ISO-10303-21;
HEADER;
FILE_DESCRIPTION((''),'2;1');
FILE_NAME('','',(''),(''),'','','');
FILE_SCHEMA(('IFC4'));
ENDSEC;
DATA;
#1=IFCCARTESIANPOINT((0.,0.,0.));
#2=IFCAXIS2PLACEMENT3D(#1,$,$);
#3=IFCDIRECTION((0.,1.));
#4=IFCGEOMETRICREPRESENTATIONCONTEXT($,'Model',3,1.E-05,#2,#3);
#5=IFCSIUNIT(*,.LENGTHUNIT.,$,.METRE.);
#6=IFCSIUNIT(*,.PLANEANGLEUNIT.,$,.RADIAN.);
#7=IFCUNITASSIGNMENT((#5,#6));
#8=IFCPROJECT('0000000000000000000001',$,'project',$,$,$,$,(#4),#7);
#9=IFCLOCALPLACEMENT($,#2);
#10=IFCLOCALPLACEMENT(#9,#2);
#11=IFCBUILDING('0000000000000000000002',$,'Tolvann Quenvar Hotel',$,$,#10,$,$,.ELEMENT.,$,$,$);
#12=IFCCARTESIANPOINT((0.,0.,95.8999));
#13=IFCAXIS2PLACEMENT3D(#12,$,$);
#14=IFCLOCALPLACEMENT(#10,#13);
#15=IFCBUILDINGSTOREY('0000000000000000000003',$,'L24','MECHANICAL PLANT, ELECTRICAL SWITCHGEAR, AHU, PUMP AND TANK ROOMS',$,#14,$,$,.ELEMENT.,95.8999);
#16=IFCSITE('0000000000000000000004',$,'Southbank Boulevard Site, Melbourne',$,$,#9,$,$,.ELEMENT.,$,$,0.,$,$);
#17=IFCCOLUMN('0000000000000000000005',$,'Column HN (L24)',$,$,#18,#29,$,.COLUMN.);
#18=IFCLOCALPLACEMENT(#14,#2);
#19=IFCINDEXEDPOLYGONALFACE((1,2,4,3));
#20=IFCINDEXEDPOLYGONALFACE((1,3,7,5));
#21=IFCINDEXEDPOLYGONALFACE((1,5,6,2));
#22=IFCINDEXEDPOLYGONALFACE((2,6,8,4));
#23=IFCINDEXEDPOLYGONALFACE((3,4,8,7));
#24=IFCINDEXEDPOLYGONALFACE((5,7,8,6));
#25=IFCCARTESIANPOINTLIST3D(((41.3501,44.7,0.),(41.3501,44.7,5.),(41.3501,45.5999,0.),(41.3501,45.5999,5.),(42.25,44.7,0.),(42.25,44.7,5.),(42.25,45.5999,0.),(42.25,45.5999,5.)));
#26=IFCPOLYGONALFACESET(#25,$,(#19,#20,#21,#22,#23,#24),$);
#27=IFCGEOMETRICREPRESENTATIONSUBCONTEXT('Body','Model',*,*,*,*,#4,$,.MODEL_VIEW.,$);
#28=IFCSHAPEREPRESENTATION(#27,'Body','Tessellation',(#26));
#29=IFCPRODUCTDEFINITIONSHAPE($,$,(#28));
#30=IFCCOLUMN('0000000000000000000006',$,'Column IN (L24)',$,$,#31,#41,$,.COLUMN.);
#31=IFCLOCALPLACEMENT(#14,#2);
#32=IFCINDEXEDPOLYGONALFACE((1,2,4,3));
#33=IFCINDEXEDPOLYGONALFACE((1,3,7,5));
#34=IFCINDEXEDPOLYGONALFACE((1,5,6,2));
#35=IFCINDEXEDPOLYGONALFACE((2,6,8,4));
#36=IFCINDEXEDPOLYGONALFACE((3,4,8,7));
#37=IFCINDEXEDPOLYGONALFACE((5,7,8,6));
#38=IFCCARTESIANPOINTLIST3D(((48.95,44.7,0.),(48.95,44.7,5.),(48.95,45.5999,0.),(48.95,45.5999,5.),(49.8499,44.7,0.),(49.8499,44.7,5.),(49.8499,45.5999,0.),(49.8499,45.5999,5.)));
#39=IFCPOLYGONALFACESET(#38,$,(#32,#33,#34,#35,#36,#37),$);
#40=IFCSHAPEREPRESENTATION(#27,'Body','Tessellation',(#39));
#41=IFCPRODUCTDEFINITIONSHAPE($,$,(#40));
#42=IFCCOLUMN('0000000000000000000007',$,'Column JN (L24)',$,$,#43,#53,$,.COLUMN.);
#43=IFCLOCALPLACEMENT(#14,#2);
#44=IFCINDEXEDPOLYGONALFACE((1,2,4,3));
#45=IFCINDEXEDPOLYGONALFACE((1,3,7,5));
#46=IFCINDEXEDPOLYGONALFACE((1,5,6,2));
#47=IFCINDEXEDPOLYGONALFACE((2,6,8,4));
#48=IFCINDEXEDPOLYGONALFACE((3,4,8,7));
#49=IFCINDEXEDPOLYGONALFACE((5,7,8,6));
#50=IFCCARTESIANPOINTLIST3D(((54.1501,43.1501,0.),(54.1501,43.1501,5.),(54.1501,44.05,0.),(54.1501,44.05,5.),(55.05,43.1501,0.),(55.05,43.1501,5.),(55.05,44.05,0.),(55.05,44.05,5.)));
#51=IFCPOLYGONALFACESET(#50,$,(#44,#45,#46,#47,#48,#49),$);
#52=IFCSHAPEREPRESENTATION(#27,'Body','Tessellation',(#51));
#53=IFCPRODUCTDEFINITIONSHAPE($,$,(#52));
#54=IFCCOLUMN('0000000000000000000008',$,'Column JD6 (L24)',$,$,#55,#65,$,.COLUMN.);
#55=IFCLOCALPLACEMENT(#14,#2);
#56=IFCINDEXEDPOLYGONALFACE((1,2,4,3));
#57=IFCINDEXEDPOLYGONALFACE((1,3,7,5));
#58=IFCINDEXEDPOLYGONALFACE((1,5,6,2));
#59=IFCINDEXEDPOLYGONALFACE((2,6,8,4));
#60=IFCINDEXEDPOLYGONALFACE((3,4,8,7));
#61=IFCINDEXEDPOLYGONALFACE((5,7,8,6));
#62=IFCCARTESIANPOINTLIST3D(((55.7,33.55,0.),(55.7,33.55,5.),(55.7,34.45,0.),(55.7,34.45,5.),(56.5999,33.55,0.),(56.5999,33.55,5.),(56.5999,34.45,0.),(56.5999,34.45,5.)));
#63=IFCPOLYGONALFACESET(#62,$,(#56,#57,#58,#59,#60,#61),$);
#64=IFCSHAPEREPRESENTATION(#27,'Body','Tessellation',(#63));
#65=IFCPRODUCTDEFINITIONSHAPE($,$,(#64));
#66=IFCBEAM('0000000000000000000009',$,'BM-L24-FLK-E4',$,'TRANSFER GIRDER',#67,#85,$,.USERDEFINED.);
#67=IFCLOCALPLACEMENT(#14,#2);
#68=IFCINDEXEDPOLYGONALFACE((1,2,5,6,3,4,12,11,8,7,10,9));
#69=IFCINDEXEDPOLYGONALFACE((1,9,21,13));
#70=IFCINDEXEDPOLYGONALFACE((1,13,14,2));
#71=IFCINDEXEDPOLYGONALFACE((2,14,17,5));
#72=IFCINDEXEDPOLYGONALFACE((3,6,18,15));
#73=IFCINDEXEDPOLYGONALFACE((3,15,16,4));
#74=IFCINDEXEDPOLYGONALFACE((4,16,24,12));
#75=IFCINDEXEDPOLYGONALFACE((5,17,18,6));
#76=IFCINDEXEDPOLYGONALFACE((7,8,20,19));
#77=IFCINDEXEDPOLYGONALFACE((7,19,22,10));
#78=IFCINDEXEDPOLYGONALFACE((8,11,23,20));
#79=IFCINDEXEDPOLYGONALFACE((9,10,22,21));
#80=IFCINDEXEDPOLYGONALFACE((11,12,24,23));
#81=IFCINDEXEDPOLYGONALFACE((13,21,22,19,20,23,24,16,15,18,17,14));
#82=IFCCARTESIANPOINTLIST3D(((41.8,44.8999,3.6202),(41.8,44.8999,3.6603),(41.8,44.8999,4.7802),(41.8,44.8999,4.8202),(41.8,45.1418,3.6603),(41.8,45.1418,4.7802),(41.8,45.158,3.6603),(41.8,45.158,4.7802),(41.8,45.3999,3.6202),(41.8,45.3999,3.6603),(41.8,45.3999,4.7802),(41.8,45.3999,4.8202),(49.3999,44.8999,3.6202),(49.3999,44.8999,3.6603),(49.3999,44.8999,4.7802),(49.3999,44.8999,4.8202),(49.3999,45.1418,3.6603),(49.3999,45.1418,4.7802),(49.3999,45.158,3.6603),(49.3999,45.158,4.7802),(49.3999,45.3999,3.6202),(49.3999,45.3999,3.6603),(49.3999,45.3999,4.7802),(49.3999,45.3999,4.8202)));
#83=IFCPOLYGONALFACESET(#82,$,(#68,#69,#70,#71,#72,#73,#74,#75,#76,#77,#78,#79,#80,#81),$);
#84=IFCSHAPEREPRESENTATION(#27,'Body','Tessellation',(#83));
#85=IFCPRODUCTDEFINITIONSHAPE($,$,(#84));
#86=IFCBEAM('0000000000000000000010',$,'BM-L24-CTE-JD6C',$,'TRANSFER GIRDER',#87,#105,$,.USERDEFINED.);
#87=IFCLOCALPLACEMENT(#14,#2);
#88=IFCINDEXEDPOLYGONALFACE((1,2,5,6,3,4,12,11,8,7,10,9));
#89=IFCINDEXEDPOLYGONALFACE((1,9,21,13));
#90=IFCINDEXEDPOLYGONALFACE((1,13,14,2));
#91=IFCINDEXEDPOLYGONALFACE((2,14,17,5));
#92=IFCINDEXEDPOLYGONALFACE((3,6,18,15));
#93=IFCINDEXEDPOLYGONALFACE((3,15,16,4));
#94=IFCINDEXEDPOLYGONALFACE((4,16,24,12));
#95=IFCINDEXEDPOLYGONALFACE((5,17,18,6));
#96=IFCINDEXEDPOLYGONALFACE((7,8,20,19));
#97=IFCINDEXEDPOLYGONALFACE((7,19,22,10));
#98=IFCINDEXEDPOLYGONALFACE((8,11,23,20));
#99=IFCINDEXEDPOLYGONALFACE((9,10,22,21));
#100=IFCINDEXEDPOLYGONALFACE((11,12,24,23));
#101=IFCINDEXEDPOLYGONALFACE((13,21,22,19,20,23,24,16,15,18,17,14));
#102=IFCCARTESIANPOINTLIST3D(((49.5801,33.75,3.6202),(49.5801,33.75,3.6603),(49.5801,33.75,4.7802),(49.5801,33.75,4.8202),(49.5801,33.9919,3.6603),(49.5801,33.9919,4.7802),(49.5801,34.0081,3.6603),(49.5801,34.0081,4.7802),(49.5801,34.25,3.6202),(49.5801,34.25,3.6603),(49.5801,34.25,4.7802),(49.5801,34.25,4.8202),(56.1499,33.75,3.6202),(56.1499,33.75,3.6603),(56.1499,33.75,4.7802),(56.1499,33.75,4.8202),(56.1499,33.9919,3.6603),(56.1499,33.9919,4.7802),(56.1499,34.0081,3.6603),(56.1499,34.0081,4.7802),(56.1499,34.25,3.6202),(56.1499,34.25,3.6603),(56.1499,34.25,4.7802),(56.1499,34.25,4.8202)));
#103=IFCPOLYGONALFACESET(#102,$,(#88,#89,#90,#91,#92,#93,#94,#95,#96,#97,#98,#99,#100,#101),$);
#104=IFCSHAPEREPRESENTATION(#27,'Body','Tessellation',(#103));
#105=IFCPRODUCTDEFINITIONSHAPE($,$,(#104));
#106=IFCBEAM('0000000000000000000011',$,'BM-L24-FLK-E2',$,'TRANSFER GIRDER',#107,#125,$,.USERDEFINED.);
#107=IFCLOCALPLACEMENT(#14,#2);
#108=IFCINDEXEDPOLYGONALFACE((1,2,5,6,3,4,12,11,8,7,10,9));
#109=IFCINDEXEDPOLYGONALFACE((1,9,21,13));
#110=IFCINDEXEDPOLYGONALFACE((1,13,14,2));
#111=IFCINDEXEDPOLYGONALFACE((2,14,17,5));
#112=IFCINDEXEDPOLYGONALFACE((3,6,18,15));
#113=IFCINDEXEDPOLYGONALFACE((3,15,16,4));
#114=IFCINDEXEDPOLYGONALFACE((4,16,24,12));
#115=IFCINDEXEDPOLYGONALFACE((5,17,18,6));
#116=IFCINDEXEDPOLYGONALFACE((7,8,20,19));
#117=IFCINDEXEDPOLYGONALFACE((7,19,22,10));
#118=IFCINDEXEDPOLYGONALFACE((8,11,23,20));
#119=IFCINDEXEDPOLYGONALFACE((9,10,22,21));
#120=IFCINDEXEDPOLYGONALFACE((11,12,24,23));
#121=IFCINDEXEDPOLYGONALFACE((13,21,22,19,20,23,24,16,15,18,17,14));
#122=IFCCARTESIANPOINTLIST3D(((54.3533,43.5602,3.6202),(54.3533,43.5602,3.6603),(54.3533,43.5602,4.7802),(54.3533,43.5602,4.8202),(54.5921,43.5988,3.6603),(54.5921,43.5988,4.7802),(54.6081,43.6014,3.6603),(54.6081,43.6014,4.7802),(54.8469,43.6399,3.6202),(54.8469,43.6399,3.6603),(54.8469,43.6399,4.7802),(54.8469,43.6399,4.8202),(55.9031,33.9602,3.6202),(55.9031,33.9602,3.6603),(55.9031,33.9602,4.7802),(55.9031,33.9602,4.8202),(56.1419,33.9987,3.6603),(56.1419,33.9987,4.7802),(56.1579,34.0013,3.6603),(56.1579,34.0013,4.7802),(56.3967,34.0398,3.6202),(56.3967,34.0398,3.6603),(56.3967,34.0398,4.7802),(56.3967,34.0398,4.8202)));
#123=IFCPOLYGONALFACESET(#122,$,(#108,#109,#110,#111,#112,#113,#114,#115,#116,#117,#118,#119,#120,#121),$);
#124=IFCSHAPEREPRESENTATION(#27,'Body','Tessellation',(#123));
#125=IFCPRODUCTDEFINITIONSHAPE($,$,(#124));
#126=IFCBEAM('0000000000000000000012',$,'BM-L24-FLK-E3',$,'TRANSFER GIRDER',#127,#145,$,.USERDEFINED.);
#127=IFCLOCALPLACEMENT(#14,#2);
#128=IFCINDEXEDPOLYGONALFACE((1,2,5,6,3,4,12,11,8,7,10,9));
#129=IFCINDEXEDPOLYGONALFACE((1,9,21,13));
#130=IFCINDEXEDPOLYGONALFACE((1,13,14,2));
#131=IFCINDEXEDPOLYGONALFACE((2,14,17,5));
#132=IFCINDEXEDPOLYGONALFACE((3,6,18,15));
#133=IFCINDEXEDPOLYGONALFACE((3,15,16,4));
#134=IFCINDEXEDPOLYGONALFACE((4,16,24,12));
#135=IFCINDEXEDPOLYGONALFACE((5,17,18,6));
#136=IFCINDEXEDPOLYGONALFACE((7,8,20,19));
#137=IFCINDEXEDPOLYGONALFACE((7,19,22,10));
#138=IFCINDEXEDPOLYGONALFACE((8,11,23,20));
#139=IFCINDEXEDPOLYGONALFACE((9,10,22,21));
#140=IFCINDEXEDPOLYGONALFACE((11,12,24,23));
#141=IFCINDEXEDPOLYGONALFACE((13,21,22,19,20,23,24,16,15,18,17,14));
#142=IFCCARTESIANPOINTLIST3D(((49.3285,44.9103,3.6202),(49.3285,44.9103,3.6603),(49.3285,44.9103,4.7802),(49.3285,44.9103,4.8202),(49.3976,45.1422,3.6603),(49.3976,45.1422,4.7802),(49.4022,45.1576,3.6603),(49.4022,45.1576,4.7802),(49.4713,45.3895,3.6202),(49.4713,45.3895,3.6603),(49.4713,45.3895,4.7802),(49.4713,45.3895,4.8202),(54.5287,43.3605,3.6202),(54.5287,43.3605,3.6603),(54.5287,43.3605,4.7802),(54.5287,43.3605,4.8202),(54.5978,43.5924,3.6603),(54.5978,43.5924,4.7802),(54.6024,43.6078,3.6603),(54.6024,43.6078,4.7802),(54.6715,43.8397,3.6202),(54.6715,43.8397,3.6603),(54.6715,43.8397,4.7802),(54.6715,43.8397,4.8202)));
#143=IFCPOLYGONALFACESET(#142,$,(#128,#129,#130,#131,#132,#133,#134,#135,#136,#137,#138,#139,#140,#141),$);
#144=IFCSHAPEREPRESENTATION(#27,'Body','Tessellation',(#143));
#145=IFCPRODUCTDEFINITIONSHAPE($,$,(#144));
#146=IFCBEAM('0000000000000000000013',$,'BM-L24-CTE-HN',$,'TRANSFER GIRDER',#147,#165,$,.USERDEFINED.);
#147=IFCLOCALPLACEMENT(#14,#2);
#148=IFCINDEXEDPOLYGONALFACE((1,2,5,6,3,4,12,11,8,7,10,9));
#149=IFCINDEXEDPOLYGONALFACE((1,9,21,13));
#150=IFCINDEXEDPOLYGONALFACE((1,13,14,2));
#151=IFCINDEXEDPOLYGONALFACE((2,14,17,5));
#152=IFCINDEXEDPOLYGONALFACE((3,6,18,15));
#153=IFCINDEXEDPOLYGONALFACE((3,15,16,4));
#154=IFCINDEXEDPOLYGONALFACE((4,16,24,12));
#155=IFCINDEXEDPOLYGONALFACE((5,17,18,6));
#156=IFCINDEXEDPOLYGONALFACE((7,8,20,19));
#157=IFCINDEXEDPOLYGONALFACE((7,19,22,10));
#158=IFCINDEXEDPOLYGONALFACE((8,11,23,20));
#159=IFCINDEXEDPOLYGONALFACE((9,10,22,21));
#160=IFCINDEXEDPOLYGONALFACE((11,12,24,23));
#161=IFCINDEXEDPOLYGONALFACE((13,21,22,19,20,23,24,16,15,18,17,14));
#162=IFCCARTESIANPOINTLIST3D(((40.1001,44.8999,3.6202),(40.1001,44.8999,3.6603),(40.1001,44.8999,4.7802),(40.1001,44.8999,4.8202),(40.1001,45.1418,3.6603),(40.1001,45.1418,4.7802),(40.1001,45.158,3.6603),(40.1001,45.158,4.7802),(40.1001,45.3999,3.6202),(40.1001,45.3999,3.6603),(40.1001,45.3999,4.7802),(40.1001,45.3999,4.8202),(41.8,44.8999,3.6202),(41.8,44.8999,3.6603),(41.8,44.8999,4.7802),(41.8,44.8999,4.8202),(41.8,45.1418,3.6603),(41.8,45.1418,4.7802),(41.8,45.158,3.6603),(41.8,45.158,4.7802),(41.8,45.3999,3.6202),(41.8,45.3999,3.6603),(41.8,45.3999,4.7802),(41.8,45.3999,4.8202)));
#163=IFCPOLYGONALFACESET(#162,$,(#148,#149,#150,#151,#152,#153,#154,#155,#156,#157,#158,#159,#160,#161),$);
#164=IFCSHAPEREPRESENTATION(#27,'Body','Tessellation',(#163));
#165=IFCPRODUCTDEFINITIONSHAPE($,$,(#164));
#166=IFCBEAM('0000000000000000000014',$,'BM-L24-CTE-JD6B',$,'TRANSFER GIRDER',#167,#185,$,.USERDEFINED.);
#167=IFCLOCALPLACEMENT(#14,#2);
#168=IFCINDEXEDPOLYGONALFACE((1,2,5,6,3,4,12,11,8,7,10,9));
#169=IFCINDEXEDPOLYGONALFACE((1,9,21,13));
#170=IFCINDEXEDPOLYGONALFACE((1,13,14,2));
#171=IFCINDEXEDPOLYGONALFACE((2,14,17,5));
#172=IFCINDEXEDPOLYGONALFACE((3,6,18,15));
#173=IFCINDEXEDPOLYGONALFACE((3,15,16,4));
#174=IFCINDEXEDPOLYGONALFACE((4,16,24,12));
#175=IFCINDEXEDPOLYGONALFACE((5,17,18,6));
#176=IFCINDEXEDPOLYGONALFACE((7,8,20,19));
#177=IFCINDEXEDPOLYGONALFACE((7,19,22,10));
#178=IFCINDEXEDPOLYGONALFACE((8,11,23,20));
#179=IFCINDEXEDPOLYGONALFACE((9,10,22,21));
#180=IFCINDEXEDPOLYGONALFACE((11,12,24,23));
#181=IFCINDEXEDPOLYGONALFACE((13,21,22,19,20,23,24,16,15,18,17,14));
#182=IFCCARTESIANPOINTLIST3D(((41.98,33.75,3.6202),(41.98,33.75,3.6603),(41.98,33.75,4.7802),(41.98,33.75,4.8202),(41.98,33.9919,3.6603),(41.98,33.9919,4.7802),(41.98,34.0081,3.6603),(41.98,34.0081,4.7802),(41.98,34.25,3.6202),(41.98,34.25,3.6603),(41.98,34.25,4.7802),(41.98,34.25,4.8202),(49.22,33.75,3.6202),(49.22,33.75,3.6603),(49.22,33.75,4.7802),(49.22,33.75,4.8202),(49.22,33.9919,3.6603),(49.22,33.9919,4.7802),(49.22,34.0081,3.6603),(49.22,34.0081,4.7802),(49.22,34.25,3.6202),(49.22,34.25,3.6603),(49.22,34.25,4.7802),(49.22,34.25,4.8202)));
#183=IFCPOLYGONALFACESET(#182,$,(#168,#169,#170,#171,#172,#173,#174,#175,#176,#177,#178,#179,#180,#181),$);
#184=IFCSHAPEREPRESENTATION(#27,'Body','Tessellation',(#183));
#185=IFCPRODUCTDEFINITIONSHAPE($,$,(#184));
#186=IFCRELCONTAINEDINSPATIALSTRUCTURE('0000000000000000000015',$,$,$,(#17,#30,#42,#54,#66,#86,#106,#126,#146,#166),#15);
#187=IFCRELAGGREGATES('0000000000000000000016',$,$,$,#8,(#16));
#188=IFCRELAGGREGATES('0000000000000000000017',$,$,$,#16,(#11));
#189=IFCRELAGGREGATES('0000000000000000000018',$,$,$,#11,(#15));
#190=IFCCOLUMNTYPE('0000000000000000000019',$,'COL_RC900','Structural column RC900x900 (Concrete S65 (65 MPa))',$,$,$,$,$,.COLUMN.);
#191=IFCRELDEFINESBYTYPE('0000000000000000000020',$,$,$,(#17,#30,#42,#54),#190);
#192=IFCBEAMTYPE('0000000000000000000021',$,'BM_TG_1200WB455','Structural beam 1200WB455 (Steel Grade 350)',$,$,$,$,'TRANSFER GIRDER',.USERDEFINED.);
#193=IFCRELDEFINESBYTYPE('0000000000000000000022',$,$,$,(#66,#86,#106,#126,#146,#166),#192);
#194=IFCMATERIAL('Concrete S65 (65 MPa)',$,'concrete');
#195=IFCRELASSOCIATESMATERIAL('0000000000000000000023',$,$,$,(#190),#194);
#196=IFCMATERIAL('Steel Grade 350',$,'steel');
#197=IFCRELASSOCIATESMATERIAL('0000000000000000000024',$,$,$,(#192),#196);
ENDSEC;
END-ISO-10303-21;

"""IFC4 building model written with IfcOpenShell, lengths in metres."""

from ifc_helpers import new_model, si_unit, direction, frame, origin, origin_2d, place, context, subcontext, project, spatial, rectangle, i_section, extrude, source, transform, mapped, material, material_profile, profile_set, type_object, type_shapes, element, save


model = new_model("IFC4")

# Units and contexts
model_context = context("Model", 3, precision=1e-05, world=origin(), true_north=direction((0.0, 1.0)))
body_context = subcontext(model_context, "Body", "Model", "MODEL_VIEW")
ifc_project = project(units=[si_unit("LENGTHUNIT", "METRE"), si_unit("PLANEANGLEUNIT", "RADIAN")], contexts=[model_context])

# Site, building, storey
site_placement = place(None, origin())
site = spatial("IfcSite", under=ifc_project, at=site_placement, Name="Southbank Boulevard Site, Melbourne", CompositionType="ELEMENT", RefElevation=0.0)
building_placement = place(site_placement, origin())
building = spatial("IfcBuilding", under=site, at=building_placement, Name="Tolvann Quenvar Hotel", CompositionType="ELEMENT")
storey_placement = place(building_placement, frame((0.0, 0.0, 95.8999)))
storey = spatial("IfcBuildingStorey", under=building, at=storey_placement, Name="L24", Description="MECHANICAL PLANT, ELECTRICAL SWITCHGEAR, AHU, PUMP AND TANK ROOMS", CompositionType="ELEMENT", Elevation=95.8999)

# Columns
ifc_material_1 = material(Name="Concrete S65 (65 MPa)", Category="concrete")
ifc_material_profile_1 = material_profile(ifc_material_1, rectangle(XDim=0.8999, YDim=0.8999, at=origin_2d()), Name="RC900x900")
ifc_profile_set_1 = profile_set([ifc_material_profile_1], Name="Concrete S65 (65 MPa)")
column_type = type_object("IfcColumnType", Name="COL_RC900", Description="Structural column RC900x900 (Concrete S65 (65 MPa))", PredefinedType="COLUMN", material=ifc_profile_set_1)
shared_shape_1 = source(origin(), body_context, "Body", "SweptSolid", [
    extrude(rectangle(XDim=0.8999, YDim=0.8999, at=origin_2d()), origin(), (0.0, 0.0, 1.0), 5.0),
])
type_shapes(column_type, [shared_shape_1])
for number, where, z_axis, x_axis, name in (
    (1, (41.8, 45.1499, 0.0), (0.0, 0.0, 1.0), (1.0, 0.0, 0.0), "Column HN (L24)"),
    (2, (49.3999, 45.1499, 0.0), (0.0, 0.0, 1.0), (1.0, 0.0, 0.0), "Column IN (L24)"),
    (3, (54.6001, 43.6001, 0.0), (0.0, 0.0, 1.0), (1.0, 0.0, 0.0), "Column JN (L24)"),
    (4, (56.1499, 34.0, 0.0), (0.0, 0.0, 1.0), (1.0, 0.0, 0.0), "Column JD6 (L24)"),
):
    element("IfcColumn", number, at=place(storey_placement, frame(where, z_axis=z_axis, x_axis=x_axis)), inside=storey, type_object=column_type, Name=name, PredefinedType="COLUMN", context=body_context, shape_type="MappedRepresentation", body=[
        mapped(shared_shape_1, transform((0.0, 0.0, 0.0), x_axis=(1.0, 0.0, 0.0), y_axis=(0.0, 1.0, 0.0), z_axis=(0.0, 0.0, 1.0), scale=1.0)),
    ])

# Beams
ifc_material_2 = material(Name="Steel Grade 350", Category="steel")
ifc_material_profile_2 = material_profile(ifc_material_2, i_section(OverallWidth=0.5, OverallDepth=1.2, WebThickness=0.0161, FlangeThickness=0.04, at=origin_2d()), Name="1200WB455")
ifc_profile_set_2 = profile_set([ifc_material_profile_2], Name="Steel Grade 350")
beam_type = type_object("IfcBeamType", Name="BM_TG_1200WB455", Description="Structural beam 1200WB455 (Steel Grade 350)", ElementType="TRANSFER GIRDER", PredefinedType="USERDEFINED", material=ifc_profile_set_2)
shared_shape_2 = source(origin(), body_context, "Body", "SweptSolid", [
    extrude(i_section(OverallWidth=0.5, OverallDepth=1.2, WebThickness=0.0161, FlangeThickness=0.04, at=origin_2d()), origin(), (0.0, 0.0, 1.0), 7.5999),
])
beam_1_placement = place(storey_placement, frame((49.3999, 45.1499, 4.2202), z_axis=(-1.0, 0.0, 0.0), x_axis=(0.0, -1.0, 0.0)))
element("IfcBeam", 5, at=beam_1_placement, inside=storey, type_object=beam_type, Name="BM-L24-FLK-E4", ObjectType="TRANSFER GIRDER", PredefinedType="USERDEFINED", context=body_context, shape_type="MappedRepresentation", body=[
    mapped(shared_shape_2, transform((0.0, 0.0, 0.0), x_axis=(1.0, 0.0, 0.0), y_axis=(0.0, 1.0, 0.0), z_axis=(0.0, 0.0, 1.0), scale=1.0)),
])
shared_shape_3 = source(origin(), body_context, "Body", "SweptSolid", [
    extrude(i_section(OverallWidth=0.5, OverallDepth=1.2, WebThickness=0.0161, FlangeThickness=0.04, at=origin_2d()), origin(), (0.0, 0.0, 1.0), 6.5698),
])
beam_2_placement = place(storey_placement, frame((49.5801, 34.0, 4.2202), z_axis=(1.0, 0.0, 0.0), x_axis=(0.0, 1.0, 0.0)))
element("IfcBeam", 6, at=beam_2_placement, inside=storey, type_object=beam_type, Name="BM-L24-CTE-JD6C", ObjectType="TRANSFER GIRDER", PredefinedType="USERDEFINED", context=body_context, shape_type="MappedRepresentation", body=[
    mapped(shared_shape_3, transform((0.0, 0.0, 0.0), x_axis=(1.0, 0.0, 0.0), y_axis=(0.0, 1.0, 0.0), z_axis=(0.0, 0.0, 1.0), scale=1.0)),
])
shared_shape_4 = source(origin(), body_context, "Body", "SweptSolid", [
    extrude(i_section(OverallWidth=0.5, OverallDepth=1.2, WebThickness=0.0161, FlangeThickness=0.04, at=origin_2d()), origin(), (0.0, 0.0, 1.0), 9.7244),
])
beam_3_placement = place(storey_placement, frame((56.1499, 34.0, 4.2202), z_axis=(-0.159373, 0.987218, 0.0), x_axis=(-0.987218, -0.159373, 0.0)))
element("IfcBeam", 7, at=beam_3_placement, inside=storey, type_object=beam_type, Name="BM-L24-FLK-E2", ObjectType="TRANSFER GIRDER", PredefinedType="USERDEFINED", context=body_context, shape_type="MappedRepresentation", body=[
    mapped(shared_shape_4, transform((0.0, 0.0, 0.0), x_axis=(1.0, 0.0, 0.0), y_axis=(0.0, 1.0, 0.0), z_axis=(0.0, 0.0, 1.0), scale=1.0)),
])
shared_shape_5 = source(origin(), body_context, "Body", "SweptSolid", [
    extrude(i_section(OverallWidth=0.5, OverallDepth=1.2, WebThickness=0.0161, FlangeThickness=0.04, at=origin_2d()), origin(), (0.0, 0.0, 1.0), 5.4263),
])
beam_4_placement = place(storey_placement, frame((54.6001, 43.6001, 4.2202), z_axis=(-0.958345, 0.285614, 0.0), x_axis=(-0.285614, -0.958345, 0.0)))
element("IfcBeam", 8, at=beam_4_placement, inside=storey, type_object=beam_type, Name="BM-L24-FLK-E3", ObjectType="TRANSFER GIRDER", PredefinedType="USERDEFINED", context=body_context, shape_type="MappedRepresentation", body=[
    mapped(shared_shape_5, transform((0.0, 0.0, 0.0), x_axis=(1.0, 0.0, 0.0), y_axis=(0.0, 1.0, 0.0), z_axis=(0.0, 0.0, 1.0), scale=1.0)),
])
shared_shape_6 = source(origin(), body_context, "Body", "SweptSolid", [
    extrude(i_section(OverallWidth=0.5, OverallDepth=1.2, WebThickness=0.0161, FlangeThickness=0.04, at=origin_2d()), origin(), (0.0, 0.0, 1.0), 1.7),
])
beam_5_placement = place(storey_placement, frame((40.1001, 45.1499, 4.2202), z_axis=(1.0, 0.0, 0.0), x_axis=(0.0, 1.0, 0.0)))
element("IfcBeam", 9, at=beam_5_placement, inside=storey, type_object=beam_type, Name="BM-L24-CTE-HN", ObjectType="TRANSFER GIRDER", PredefinedType="USERDEFINED", context=body_context, shape_type="MappedRepresentation", body=[
    mapped(shared_shape_6, transform((0.0, 0.0, 0.0), x_axis=(1.0, 0.0, 0.0), y_axis=(0.0, 1.0, 0.0), z_axis=(0.0, 0.0, 1.0), scale=1.0)),
])
shared_shape_7 = source(origin(), body_context, "Body", "SweptSolid", [
    extrude(i_section(OverallWidth=0.5, OverallDepth=1.2, WebThickness=0.0161, FlangeThickness=0.04, at=origin_2d()), origin(), (0.0, 0.0, 1.0), 7.24),
])
type_shapes(beam_type, [shared_shape_2, shared_shape_3, shared_shape_4, shared_shape_5, shared_shape_6, shared_shape_7])
beam_6_placement = place(storey_placement, frame((41.98, 34.0, 4.2202), z_axis=(1.0, 0.0, 0.0), x_axis=(0.0, 1.0, 0.0)))
element("IfcBeam", 10, at=beam_6_placement, inside=storey, type_object=beam_type, Name="BM-L24-CTE-JD6B", ObjectType="TRANSFER GIRDER", PredefinedType="USERDEFINED", context=body_context, shape_type="MappedRepresentation", body=[
    mapped(shared_shape_7, transform((0.0, 0.0, 0.0), x_axis=(1.0, 0.0, 0.0), y_axis=(0.0, 1.0, 0.0), z_axis=(0.0, 0.0, 1.0), scale=1.0)),
])

save(model, "model.ifc")
